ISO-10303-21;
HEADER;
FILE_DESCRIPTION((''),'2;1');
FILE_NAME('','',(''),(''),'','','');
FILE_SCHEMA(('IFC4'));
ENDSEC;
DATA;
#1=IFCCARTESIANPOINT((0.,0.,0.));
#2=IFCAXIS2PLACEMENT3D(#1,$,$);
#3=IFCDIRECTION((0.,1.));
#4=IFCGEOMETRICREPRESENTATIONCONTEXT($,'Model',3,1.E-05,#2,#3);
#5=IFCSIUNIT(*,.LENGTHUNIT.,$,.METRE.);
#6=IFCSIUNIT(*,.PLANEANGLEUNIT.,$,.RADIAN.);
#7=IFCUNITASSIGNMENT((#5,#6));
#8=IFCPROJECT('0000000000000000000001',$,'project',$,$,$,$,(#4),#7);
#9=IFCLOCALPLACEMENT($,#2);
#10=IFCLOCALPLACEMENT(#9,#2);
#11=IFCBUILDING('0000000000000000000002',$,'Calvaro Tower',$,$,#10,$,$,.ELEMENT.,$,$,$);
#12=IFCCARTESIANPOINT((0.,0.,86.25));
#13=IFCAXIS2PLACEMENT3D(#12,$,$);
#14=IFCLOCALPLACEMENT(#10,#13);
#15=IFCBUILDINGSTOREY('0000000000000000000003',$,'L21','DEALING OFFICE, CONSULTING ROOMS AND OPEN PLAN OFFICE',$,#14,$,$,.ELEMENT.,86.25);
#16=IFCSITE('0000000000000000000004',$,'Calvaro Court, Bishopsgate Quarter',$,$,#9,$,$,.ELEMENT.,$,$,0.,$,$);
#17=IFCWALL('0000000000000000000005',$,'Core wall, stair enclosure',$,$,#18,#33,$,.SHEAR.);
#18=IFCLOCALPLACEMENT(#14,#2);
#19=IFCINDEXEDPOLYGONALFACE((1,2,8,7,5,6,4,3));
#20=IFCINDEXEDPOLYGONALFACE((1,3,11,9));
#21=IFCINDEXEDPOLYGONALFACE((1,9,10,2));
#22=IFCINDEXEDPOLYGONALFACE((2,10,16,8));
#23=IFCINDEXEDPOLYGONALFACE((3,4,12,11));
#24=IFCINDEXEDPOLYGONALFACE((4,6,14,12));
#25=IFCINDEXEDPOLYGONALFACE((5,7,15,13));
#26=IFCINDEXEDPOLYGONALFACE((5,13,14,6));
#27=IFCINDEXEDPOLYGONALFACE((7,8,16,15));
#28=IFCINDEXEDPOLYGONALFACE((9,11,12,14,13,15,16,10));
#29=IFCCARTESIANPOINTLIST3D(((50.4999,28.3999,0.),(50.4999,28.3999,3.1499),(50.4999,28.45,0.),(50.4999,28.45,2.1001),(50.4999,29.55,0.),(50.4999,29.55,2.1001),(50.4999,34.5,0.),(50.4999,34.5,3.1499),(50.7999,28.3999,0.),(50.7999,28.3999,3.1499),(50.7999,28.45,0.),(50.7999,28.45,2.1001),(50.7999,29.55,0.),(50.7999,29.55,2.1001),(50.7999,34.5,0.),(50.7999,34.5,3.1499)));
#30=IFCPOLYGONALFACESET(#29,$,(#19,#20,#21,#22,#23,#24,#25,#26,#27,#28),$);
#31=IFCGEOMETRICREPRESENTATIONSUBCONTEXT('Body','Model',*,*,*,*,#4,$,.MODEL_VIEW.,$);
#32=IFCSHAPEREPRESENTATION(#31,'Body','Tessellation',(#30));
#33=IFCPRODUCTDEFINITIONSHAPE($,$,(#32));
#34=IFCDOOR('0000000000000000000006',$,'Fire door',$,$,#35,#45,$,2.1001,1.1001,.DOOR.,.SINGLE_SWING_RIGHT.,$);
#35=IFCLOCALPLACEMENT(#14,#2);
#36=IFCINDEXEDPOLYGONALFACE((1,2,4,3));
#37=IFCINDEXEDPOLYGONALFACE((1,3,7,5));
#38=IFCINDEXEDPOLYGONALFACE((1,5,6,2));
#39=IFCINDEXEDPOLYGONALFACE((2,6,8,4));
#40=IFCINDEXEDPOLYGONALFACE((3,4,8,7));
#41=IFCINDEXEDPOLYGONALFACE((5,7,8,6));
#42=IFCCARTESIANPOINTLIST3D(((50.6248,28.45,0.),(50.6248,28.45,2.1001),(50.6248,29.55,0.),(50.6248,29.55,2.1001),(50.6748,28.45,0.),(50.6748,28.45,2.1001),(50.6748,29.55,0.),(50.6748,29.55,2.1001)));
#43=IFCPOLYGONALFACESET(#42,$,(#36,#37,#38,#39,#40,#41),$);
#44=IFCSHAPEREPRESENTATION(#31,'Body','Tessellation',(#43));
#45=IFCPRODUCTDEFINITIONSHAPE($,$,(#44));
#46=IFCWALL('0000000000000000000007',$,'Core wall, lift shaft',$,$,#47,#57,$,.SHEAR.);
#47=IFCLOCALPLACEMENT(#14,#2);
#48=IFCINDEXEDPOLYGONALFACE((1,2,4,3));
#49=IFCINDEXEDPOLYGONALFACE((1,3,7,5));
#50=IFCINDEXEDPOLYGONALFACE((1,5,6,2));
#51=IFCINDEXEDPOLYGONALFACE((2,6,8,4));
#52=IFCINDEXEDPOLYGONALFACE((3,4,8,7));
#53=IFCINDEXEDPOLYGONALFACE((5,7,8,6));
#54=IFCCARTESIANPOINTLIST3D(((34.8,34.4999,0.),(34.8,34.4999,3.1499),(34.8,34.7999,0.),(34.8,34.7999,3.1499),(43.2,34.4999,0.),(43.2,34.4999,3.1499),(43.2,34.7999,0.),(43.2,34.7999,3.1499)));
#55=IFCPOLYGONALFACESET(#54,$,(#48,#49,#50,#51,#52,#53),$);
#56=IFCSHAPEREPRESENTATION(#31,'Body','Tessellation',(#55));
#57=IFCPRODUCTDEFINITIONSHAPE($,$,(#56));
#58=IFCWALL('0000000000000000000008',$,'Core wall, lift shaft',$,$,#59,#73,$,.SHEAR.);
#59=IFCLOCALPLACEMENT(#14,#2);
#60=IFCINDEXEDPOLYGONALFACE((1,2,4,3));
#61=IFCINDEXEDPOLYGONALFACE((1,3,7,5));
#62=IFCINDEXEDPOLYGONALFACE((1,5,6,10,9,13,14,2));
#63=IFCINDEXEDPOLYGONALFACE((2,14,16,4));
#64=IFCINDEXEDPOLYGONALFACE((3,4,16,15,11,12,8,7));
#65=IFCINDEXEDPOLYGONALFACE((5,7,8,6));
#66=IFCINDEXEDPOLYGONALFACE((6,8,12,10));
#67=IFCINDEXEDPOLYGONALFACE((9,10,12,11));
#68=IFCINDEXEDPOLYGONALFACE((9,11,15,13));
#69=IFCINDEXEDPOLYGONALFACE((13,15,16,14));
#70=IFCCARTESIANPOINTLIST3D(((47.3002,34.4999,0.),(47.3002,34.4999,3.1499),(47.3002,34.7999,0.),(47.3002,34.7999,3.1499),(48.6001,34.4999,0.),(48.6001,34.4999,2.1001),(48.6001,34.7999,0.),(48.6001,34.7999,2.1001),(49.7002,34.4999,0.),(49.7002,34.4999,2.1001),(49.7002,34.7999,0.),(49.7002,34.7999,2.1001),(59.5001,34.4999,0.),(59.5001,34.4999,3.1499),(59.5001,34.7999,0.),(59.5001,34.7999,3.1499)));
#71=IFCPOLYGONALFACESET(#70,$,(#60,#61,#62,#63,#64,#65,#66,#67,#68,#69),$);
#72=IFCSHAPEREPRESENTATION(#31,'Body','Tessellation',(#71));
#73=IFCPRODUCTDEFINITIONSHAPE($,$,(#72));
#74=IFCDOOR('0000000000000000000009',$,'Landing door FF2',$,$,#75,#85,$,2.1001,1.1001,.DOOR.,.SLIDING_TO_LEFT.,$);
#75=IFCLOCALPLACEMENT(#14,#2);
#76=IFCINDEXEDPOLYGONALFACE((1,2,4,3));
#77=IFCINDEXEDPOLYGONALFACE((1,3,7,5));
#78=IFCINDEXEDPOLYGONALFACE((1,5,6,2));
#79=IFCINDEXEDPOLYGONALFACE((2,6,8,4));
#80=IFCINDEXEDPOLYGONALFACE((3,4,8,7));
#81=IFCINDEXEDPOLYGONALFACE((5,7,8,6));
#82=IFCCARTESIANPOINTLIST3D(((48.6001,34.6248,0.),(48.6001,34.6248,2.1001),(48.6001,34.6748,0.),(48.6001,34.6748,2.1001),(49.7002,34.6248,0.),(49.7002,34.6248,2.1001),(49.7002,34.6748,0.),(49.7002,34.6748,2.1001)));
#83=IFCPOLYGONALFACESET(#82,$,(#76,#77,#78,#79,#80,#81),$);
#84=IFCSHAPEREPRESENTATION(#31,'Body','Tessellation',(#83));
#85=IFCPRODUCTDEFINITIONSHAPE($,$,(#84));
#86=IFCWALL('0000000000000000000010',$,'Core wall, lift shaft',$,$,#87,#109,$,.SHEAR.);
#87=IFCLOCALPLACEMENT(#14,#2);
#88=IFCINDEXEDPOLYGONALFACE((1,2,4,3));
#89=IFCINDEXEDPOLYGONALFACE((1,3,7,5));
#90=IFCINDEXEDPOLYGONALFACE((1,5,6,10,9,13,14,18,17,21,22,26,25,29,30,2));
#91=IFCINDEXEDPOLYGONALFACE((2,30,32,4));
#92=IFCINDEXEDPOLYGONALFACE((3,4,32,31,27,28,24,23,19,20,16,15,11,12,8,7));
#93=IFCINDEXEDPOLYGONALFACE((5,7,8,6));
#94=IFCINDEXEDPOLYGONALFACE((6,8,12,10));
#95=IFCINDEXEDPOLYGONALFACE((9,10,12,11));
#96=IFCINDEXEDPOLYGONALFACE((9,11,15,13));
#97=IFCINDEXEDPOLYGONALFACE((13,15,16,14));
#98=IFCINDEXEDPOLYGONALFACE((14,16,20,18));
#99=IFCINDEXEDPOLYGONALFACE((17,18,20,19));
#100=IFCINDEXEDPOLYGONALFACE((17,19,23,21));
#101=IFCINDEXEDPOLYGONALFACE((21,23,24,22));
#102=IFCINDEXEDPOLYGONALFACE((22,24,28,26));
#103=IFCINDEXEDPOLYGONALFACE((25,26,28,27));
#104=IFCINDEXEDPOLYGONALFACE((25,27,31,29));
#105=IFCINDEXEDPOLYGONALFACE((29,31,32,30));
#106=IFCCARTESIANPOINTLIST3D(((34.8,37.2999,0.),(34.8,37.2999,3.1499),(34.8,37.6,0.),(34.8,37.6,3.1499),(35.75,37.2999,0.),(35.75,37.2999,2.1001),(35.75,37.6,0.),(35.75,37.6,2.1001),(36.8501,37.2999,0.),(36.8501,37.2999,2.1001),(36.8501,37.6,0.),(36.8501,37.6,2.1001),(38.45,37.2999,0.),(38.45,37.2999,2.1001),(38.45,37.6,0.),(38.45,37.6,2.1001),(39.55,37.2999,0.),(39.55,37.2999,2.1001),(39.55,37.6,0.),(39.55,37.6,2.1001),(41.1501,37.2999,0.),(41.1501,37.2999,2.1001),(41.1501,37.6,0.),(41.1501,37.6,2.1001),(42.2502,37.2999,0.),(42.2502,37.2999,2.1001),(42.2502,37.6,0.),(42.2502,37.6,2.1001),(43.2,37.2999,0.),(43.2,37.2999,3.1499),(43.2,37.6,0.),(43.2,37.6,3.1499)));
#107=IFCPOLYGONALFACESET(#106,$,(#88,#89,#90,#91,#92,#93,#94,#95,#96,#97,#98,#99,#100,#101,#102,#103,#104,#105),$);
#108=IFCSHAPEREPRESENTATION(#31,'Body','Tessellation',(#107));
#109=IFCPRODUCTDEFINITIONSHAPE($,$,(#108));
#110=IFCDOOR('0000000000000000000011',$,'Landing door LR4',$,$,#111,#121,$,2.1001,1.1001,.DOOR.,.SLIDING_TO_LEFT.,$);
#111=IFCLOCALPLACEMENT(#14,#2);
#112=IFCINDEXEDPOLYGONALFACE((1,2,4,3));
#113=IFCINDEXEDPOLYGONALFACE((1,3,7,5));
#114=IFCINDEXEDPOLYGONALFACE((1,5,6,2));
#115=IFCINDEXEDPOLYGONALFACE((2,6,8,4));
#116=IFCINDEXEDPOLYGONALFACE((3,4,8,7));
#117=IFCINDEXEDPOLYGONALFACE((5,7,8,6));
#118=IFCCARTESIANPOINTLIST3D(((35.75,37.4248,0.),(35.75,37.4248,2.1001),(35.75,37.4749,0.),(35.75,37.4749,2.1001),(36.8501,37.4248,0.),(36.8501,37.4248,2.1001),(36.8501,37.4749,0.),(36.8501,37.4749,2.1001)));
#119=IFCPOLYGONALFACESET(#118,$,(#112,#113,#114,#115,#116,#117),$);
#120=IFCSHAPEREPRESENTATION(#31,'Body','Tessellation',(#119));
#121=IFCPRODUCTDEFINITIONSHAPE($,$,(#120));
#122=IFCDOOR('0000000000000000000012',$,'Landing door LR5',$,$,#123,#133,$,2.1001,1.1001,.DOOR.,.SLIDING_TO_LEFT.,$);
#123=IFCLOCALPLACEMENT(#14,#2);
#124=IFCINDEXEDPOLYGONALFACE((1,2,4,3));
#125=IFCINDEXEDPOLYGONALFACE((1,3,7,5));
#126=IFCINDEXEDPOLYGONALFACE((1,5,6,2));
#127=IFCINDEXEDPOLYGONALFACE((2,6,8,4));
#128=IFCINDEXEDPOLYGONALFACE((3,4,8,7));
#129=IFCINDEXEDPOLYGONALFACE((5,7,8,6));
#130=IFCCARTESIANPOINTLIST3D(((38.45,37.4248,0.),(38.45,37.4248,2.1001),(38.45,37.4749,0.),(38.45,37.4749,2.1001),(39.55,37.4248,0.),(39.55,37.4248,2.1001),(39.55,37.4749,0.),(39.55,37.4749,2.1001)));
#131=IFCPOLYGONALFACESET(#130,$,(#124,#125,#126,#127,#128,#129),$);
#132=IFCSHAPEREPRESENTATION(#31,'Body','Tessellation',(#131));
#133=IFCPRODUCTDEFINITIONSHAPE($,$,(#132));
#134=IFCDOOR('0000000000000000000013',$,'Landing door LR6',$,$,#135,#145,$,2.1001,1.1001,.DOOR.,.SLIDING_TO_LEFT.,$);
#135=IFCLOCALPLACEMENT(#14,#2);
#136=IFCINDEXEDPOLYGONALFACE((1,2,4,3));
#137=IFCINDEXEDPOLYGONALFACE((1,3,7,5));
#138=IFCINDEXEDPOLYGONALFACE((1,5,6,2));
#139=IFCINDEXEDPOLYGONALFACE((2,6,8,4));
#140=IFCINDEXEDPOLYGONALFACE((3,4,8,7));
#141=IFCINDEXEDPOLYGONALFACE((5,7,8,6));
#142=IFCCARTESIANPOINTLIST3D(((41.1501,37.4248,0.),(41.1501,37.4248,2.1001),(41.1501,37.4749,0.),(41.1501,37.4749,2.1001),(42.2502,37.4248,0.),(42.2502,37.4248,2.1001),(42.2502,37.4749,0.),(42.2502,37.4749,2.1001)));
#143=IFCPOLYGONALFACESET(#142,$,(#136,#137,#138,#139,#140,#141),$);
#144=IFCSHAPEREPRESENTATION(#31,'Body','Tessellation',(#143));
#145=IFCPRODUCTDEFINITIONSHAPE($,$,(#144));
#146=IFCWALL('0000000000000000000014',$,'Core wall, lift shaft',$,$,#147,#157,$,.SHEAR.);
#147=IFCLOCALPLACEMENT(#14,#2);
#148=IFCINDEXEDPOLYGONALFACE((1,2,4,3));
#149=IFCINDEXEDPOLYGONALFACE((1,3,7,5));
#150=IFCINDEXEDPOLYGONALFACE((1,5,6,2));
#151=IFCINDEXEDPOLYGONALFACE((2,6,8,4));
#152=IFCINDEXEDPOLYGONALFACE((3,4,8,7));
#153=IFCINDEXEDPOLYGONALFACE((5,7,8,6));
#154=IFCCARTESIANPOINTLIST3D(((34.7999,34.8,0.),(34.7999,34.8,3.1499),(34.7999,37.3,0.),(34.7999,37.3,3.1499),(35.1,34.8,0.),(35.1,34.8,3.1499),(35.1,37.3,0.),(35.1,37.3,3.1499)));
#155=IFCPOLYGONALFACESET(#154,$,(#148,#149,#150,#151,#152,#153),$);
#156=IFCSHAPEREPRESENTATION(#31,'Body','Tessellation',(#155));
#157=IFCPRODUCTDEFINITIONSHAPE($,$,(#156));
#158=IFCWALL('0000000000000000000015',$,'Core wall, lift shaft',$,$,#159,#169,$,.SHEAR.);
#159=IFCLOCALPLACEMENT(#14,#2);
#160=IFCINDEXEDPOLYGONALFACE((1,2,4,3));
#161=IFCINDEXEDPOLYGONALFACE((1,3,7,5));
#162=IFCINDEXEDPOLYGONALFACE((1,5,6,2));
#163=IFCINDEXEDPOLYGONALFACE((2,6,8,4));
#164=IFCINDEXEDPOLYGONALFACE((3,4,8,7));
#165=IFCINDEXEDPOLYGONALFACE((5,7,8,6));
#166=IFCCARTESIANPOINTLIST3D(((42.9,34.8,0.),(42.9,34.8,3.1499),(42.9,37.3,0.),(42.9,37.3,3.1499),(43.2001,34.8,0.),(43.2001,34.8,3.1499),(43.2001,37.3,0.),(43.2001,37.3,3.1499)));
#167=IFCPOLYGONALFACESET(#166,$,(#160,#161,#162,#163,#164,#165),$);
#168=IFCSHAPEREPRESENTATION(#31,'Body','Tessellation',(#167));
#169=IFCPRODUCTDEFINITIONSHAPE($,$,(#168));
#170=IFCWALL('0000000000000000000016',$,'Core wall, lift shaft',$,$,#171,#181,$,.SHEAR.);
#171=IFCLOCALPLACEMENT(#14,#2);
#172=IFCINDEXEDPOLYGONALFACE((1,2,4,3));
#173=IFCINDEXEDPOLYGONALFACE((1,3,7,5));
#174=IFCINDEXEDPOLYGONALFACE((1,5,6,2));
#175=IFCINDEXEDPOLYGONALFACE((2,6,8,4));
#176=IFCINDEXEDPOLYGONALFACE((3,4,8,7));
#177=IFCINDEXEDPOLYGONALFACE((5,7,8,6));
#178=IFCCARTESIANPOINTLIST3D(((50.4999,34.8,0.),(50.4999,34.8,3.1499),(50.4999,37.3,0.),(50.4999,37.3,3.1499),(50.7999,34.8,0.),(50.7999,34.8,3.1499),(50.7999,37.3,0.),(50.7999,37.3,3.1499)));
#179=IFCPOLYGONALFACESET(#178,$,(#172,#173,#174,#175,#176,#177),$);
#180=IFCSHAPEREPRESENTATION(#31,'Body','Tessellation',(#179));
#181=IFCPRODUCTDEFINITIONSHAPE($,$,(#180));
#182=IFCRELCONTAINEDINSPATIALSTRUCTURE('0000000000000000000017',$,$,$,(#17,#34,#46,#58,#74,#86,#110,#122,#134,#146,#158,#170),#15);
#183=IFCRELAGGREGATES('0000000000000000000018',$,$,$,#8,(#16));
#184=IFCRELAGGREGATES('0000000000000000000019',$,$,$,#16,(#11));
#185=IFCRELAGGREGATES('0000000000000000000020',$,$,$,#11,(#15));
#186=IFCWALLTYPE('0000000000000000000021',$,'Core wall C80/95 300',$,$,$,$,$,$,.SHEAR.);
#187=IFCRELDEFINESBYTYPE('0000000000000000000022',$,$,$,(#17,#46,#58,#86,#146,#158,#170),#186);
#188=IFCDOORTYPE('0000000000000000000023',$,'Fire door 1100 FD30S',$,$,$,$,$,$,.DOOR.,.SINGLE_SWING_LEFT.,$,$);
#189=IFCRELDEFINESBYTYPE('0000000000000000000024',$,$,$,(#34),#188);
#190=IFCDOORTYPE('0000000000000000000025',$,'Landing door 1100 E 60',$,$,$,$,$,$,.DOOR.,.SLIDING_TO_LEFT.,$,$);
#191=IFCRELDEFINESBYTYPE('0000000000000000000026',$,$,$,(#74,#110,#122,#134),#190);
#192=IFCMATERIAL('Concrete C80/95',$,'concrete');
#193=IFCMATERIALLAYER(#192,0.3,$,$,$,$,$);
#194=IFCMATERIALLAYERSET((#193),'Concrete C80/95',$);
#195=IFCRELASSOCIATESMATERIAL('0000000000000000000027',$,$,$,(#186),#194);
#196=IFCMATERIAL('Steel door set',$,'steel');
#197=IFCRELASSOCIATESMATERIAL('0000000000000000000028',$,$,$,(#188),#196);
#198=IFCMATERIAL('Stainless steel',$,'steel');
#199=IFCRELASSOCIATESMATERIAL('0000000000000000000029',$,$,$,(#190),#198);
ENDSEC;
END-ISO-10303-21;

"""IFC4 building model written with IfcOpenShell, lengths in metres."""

from ifc_helpers import new_model, si_unit, direction, frame, frame_2d, origin, place, context, subcontext, project, spatial, rectangle, extrude, material, layer, layer_set, type_object, element, fill, save


model = new_model("IFC4")

# Units and contexts
model_context = context("Model", 3, precision=1e-05, world=origin(), true_north=direction((0.0, 1.0)))
body_context = subcontext(model_context, "Body", "Model", "MODEL_VIEW")
ifc_project = project(units=[si_unit("LENGTHUNIT", "METRE"), si_unit("PLANEANGLEUNIT", "RADIAN")], contexts=[model_context])

# Site, building, storey
site_placement = place(None, origin())
site = spatial("IfcSite", under=ifc_project, at=site_placement, Name="Calvaro Court, Bishopsgate Quarter", CompositionType="ELEMENT", RefElevation=0.0)
building_placement = place(site_placement, origin())
building = spatial("IfcBuilding", under=site, at=building_placement, Name="Calvaro Tower", CompositionType="ELEMENT")
storey_placement = place(building_placement, frame((0.0, 0.0, 86.25)))
storey = spatial("IfcBuildingStorey", under=building, at=storey_placement, Name="L21", Description="DEALING OFFICE, CONSULTING ROOMS AND OPEN PLAN OFFICE", CompositionType="ELEMENT", Elevation=86.25)

# Wall, opening, door
ifc_material_1 = material(Name="Concrete C80/95", Category="concrete")
ifc_layer_1 = layer(ifc_material_1, 0.3)
ifc_layer_set_1 = layer_set([ifc_layer_1], Name="Concrete C80/95")
wall_type_1 = type_object("IfcWallType", Name="Core wall C80/95 300", PredefinedType="SHEAR", material=ifc_layer_set_1)
wall_1_placement = place(storey_placement, frame((50.6499, 34.5, 0.0), z_axis=(0.0, 0.0, 1.0), x_axis=(0.0, -1.0, 0.0)))
wall_1 = element("IfcWall", 1, at=wall_1_placement, inside=storey, type_object=wall_type_1, Name="Core wall, stair enclosure", PredefinedType="SHEAR", context=body_context, shape_type="SweptSolid", body=[
    extrude(rectangle(XDim=6.1001, YDim=0.3, at=frame_2d((3.05, 0.0))), origin(), (0.0, 0.0, 1.0), 3.1499),
])
opening_1_placement = place(wall_1_placement, frame((4.95, 0.0, 0.0)))
opening_1 = element("IfcOpeningElement", 2, at=opening_1_placement, cuts=wall_1, PredefinedType="OPENING", context=body_context, shape_type="SweptSolid", body=[
    extrude(rectangle(XDim=1.1001, YDim=2.1001, at=frame_2d((0.55, 1.05))), frame((0.0, 0.1599, 0.0), z_axis=(0.0, -1.0, 0.0), x_axis=(1.0, 0.0, 0.0)), (0.0, 0.0, 1.0), 0.3201),
])
ifc_material_2 = material(Name="Steel door set", Category="steel")
door_type_1 = type_object("IfcDoorType", Name="Fire door 1100 FD30S", OperationType="SINGLE_SWING_LEFT", PredefinedType="DOOR", material=ifc_material_2)
door_1_placement = place(opening_1_placement, origin())
door_1 = element("IfcDoor", 3, at=door_1_placement, inside=storey, type_object=door_type_1, Name="Fire door", OperationType="SINGLE_SWING_RIGHT", OverallHeight=2.1001, OverallWidth=1.1001, PredefinedType="DOOR", context=body_context, shape_type="SweptSolid", body=[
    extrude(rectangle(XDim=1.1001, YDim=2.1001, at=frame_2d((0.55, 1.05))), frame((0.0, 0.0249, 0.0), z_axis=(0.0, -1.0, 0.0), x_axis=(1.0, 0.0, 0.0)), (0.0, 0.0, 1.0), 0.05),
])
fill(opening_1, door_1)

# Wall
wall_2_placement = place(storey_placement, frame((34.8, 34.6499, 0.0), z_axis=(0.0, 0.0, 1.0), x_axis=(1.0, 0.0, 0.0)))
element("IfcWall", 4, at=wall_2_placement, inside=storey, type_object=wall_type_1, Name="Core wall, lift shaft", PredefinedType="SHEAR", context=body_context, shape_type="SweptSolid", body=[
    extrude(rectangle(XDim=8.3999, YDim=0.3, at=frame_2d((4.2, 0.0))), origin(), (0.0, 0.0, 1.0), 3.1499),
])

# Wall, opening, door
wall_3_placement = place(storey_placement, frame((47.3, 34.6499, 0.0), z_axis=(0.0, 0.0, 1.0), x_axis=(1.0, 0.0, 0.0)))
wall_3 = element("IfcWall", 5, at=wall_3_placement, inside=storey, type_object=wall_type_1, Name="Core wall, lift shaft", PredefinedType="SHEAR", context=body_context, shape_type="SweptSolid", body=[
    extrude(rectangle(XDim=12.2, YDim=0.3, at=frame_2d((6.1001, 0.0))), origin(), (0.0, 0.0, 1.0), 3.1499),
])
opening_2_placement = place(wall_3_placement, frame((1.3, 0.0, 0.0)))
opening_2 = element("IfcOpeningElement", 6, at=opening_2_placement, cuts=wall_3, PredefinedType="OPENING", context=body_context, shape_type="SweptSolid", body=[
    extrude(rectangle(XDim=1.1001, YDim=2.1001, at=frame_2d((0.55, 1.05))), frame((0.0, 0.1599, 0.0), z_axis=(0.0, -1.0, 0.0), x_axis=(1.0, 0.0, 0.0)), (0.0, 0.0, 1.0), 0.3201),
])
ifc_material_3 = material(Name="Stainless steel", Category="steel")
door_type_2 = type_object("IfcDoorType", Name="Landing door 1100 E 60", OperationType="SLIDING_TO_LEFT", PredefinedType="DOOR", material=ifc_material_3)
door_2_placement = place(opening_2_placement, origin())
door_2 = element("IfcDoor", 7, at=door_2_placement, inside=storey, type_object=door_type_2, Name="Landing door FF2", OperationType="SLIDING_TO_LEFT", OverallHeight=2.1001, OverallWidth=1.1001, PredefinedType="DOOR", context=body_context, shape_type="SweptSolid", body=[
    extrude(rectangle(XDim=1.1001, YDim=2.1001, at=frame_2d((0.55, 1.05))), frame((0.0, 0.0249, 0.0), z_axis=(0.0, -1.0, 0.0), x_axis=(1.0, 0.0, 0.0)), (0.0, 0.0, 1.0), 0.05),
])
fill(opening_2, door_2)

# Wall, openings, doors
wall_4_placement = place(storey_placement, frame((34.8, 37.45, 0.0), z_axis=(0.0, 0.0, 1.0), x_axis=(1.0, 0.0, 0.0)))
wall_4 = element("IfcWall", 8, at=wall_4_placement, inside=storey, type_object=wall_type_1, Name="Core wall, lift shaft", PredefinedType="SHEAR", context=body_context, shape_type="SweptSolid", body=[
    extrude(rectangle(XDim=8.3999, YDim=0.3, at=frame_2d((4.2, 0.0))), origin(), (0.0, 0.0, 1.0), 3.1499),
])
opening_3_placement = place(wall_4_placement, frame((0.95, 0.0, 0.0)))
opening_3 = element("IfcOpeningElement", 9, at=opening_3_placement, cuts=wall_4, PredefinedType="OPENING", context=body_context, shape_type="SweptSolid", body=[
    extrude(rectangle(XDim=1.1001, YDim=2.1001, at=frame_2d((0.55, 1.05))), frame((0.0, 0.1599, 0.0), z_axis=(0.0, -1.0, 0.0), x_axis=(1.0, 0.0, 0.0)), (0.0, 0.0, 1.0), 0.3201),
])
opening_4_placement = place(wall_4_placement, frame((3.6499, 0.0, 0.0)))
opening_4 = element("IfcOpeningElement", 10, at=opening_4_placement, cuts=wall_4, PredefinedType="OPENING", context=body_context, shape_type="SweptSolid", body=[
    extrude(rectangle(XDim=1.1001, YDim=2.1001, at=frame_2d((0.55, 1.05))), frame((0.0, 0.1599, 0.0), z_axis=(0.0, -1.0, 0.0), x_axis=(1.0, 0.0, 0.0)), (0.0, 0.0, 1.0), 0.3201),
])
opening_5_placement = place(wall_4_placement, frame((6.3501, 0.0, 0.0)))
opening_5 = element("IfcOpeningElement", 11, at=opening_5_placement, cuts=wall_4, PredefinedType="OPENING", context=body_context, shape_type="SweptSolid", body=[
    extrude(rectangle(XDim=1.1001, YDim=2.1001, at=frame_2d((0.55, 1.05))), frame((0.0, 0.1599, 0.0), z_axis=(0.0, -1.0, 0.0), x_axis=(1.0, 0.0, 0.0)), (0.0, 0.0, 1.0), 0.3201),
])
door_3_placement = place(opening_3_placement, origin())
door_3 = element("IfcDoor", 12, at=door_3_placement, inside=storey, type_object=door_type_2, Name="Landing door LR4", OperationType="SLIDING_TO_LEFT", OverallHeight=2.1001, OverallWidth=1.1001, PredefinedType="DOOR", context=body_context, shape_type="SweptSolid", body=[
    extrude(rectangle(XDim=1.1001, YDim=2.1001, at=frame_2d((0.55, 1.05))), frame((0.0, 0.0249, 0.0), z_axis=(0.0, -1.0, 0.0), x_axis=(1.0, 0.0, 0.0)), (0.0, 0.0, 1.0), 0.05),
])
fill(opening_3, door_3)
door_4_placement = place(opening_4_placement, origin())
door_4 = element("IfcDoor", 13, at=door_4_placement, inside=storey, type_object=door_type_2, Name="Landing door LR5", OperationType="SLIDING_TO_LEFT", OverallHeight=2.1001, OverallWidth=1.1001, PredefinedType="DOOR", context=body_context, shape_type="SweptSolid", body=[
    extrude(rectangle(XDim=1.1001, YDim=2.1001, at=frame_2d((0.55, 1.05))), frame((0.0, 0.0249, 0.0), z_axis=(0.0, -1.0, 0.0), x_axis=(1.0, 0.0, 0.0)), (0.0, 0.0, 1.0), 0.05),
])
fill(opening_4, door_4)
door_5_placement = place(opening_5_placement, origin())
door_5 = element("IfcDoor", 14, at=door_5_placement, inside=storey, type_object=door_type_2, Name="Landing door LR6", OperationType="SLIDING_TO_LEFT", OverallHeight=2.1001, OverallWidth=1.1001, PredefinedType="DOOR", context=body_context, shape_type="SweptSolid", body=[
    extrude(rectangle(XDim=1.1001, YDim=2.1001, at=frame_2d((0.55, 1.05))), frame((0.0, 0.0249, 0.0), z_axis=(0.0, -1.0, 0.0), x_axis=(1.0, 0.0, 0.0)), (0.0, 0.0, 1.0), 0.05),
])
fill(opening_5, door_5)

# Walls
for number, where, z_axis, x_axis, name in (
    (15, (34.95, 34.8, 0.0), (0.0, 0.0, 1.0), (0.0, 1.0, 0.0), "Core wall, lift shaft"),
    (16, (43.05, 34.8, 0.0), (0.0, 0.0, 1.0), (0.0, 1.0, 0.0), "Core wall, lift shaft"),
    (17, (50.6499, 34.8, 0.0), (0.0, 0.0, 1.0), (0.0, 1.0, 0.0), "Core wall, lift shaft"),
):
    element("IfcWall", number, at=place(storey_placement, frame(where, z_axis=z_axis, x_axis=x_axis)), inside=storey, type_object=wall_type_1, Name=name, PredefinedType="SHEAR", context=body_context, shape_type="SweptSolid", body=[
        extrude(rectangle(XDim=2.5, YDim=0.3, at=frame_2d((1.25, 0.0))), origin(), (0.0, 0.0, 1.0), 3.1499),
    ])

save(model, "model.ifc")
